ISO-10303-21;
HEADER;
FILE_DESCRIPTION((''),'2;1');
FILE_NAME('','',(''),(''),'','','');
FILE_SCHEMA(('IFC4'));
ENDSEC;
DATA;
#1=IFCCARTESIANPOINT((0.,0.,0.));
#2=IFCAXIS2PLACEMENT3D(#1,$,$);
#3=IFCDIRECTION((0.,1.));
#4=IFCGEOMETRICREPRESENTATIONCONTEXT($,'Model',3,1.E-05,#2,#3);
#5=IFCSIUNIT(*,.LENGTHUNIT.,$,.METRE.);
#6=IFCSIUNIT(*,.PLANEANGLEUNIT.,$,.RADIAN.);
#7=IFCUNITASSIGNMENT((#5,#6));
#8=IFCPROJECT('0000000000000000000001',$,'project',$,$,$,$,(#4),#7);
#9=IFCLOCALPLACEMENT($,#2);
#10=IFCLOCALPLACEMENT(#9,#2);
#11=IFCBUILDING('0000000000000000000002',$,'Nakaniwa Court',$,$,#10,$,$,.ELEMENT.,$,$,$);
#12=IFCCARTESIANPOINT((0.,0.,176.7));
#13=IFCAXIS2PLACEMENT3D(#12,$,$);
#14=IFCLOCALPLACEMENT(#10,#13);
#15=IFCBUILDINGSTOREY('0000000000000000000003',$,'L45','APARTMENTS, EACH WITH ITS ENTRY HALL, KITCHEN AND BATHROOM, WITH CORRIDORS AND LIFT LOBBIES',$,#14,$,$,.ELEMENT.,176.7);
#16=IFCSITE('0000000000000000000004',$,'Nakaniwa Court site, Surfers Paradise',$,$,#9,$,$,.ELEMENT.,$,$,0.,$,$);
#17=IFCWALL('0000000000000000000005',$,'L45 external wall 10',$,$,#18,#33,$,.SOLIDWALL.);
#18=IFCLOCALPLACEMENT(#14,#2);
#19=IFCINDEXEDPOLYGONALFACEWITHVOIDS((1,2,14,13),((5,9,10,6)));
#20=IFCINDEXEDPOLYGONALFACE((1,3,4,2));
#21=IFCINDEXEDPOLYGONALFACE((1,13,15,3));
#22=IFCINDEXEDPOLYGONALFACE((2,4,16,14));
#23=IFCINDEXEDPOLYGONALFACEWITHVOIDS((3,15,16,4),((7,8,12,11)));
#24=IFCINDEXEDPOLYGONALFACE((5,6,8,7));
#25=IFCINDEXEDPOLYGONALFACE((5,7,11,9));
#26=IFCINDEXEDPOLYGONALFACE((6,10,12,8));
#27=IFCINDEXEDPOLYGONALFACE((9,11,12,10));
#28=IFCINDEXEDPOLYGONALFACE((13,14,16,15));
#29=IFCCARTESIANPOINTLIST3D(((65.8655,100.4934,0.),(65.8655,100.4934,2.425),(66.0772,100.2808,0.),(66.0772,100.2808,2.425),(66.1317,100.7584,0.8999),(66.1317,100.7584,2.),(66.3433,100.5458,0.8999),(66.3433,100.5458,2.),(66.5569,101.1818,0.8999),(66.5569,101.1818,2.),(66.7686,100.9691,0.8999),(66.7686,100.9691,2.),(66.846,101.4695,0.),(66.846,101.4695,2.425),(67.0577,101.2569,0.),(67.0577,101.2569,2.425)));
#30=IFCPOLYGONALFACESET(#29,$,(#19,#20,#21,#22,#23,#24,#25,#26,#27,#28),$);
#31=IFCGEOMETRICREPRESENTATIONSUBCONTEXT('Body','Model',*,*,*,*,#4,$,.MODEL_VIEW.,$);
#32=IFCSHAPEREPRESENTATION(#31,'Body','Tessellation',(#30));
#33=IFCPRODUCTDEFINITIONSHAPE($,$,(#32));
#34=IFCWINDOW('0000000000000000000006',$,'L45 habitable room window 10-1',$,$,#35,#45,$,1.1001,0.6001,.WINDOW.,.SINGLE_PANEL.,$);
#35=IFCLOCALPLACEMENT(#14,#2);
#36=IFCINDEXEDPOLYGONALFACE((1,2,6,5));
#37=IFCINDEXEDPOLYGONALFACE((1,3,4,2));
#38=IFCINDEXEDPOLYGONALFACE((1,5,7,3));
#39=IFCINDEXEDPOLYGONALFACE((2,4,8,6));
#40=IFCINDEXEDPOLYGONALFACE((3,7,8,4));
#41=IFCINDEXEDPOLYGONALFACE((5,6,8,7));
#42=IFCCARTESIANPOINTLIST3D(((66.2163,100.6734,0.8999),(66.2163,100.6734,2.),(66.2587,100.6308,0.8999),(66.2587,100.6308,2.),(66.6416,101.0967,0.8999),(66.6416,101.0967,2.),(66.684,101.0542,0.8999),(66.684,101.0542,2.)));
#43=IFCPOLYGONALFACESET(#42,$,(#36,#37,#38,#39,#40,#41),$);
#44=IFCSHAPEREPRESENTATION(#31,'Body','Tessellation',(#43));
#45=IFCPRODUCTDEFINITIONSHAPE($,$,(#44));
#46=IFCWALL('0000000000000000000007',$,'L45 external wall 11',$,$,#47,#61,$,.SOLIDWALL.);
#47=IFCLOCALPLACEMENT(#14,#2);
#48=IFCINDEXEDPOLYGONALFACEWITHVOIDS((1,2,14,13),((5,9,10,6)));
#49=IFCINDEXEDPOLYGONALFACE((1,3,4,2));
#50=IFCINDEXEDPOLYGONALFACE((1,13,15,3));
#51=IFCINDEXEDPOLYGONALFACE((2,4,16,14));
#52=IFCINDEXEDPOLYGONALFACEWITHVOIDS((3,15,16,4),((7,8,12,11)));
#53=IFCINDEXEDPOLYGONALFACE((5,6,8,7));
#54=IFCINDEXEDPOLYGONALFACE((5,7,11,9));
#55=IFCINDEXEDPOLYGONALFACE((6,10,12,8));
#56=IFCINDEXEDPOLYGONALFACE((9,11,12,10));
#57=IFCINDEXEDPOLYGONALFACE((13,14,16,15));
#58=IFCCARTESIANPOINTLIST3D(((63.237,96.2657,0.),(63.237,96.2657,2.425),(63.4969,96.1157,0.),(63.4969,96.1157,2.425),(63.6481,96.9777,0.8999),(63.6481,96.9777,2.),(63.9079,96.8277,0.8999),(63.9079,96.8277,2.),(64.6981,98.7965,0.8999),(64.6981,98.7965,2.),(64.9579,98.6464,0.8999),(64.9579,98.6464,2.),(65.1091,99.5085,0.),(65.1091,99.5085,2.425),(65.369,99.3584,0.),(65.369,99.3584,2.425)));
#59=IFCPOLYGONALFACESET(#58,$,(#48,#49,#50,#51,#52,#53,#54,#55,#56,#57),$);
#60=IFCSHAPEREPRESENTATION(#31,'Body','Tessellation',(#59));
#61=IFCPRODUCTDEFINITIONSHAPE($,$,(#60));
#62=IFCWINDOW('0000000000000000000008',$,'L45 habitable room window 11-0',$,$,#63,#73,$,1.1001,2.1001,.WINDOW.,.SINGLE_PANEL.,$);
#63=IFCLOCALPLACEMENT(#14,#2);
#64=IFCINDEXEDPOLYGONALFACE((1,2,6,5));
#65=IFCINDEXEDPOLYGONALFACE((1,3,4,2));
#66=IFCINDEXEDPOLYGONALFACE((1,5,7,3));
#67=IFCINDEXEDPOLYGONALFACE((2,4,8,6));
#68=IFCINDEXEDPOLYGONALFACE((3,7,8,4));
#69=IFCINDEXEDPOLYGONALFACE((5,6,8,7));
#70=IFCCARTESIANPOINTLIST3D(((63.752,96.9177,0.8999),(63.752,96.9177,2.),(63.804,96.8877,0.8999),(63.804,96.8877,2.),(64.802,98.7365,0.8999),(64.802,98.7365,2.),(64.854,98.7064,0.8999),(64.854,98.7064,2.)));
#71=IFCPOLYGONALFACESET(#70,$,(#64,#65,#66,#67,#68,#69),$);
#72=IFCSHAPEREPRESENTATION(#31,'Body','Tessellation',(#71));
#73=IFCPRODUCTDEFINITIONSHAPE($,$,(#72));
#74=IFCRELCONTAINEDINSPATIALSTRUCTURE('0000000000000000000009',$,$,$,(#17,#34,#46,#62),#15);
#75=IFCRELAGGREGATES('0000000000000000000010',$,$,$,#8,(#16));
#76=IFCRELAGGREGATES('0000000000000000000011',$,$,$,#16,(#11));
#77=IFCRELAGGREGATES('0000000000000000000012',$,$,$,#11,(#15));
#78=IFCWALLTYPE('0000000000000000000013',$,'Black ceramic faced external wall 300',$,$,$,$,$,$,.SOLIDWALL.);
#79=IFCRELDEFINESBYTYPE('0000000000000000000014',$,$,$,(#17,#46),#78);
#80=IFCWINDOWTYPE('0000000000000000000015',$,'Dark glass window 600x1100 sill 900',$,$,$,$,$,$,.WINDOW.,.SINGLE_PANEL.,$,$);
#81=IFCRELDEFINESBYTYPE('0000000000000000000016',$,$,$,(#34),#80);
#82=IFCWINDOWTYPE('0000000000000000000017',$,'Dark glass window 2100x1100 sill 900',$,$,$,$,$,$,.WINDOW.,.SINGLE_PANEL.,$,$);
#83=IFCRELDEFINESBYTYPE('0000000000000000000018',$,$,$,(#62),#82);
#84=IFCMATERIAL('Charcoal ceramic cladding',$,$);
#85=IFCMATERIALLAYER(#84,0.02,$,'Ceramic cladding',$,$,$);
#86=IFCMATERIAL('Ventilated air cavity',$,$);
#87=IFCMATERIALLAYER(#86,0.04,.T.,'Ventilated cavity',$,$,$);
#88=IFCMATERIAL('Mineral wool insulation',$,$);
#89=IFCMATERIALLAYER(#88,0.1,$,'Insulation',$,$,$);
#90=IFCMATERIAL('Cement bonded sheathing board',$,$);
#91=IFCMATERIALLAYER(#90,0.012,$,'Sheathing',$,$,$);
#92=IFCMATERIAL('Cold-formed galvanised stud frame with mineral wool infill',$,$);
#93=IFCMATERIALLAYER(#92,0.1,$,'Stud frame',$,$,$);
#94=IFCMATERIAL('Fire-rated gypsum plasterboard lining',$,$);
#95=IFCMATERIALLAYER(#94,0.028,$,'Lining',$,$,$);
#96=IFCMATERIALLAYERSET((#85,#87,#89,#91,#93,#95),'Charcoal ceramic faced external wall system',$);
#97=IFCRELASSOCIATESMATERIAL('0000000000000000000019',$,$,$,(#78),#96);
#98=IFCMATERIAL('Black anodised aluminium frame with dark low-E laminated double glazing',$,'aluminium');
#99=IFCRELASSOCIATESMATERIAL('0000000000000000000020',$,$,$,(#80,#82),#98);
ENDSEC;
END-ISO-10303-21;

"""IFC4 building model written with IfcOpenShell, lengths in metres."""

from ifc_helpers import new_model, si_unit, direction, frame, frame_2d, origin, place, context, subcontext, project, spatial, rectangle, extrude, material, layer, layer_set, type_object, element, fill, save


model = new_model("IFC4")

# Units and contexts
model_context = context("Model", 3, precision=1e-05, world=origin(), true_north=direction((0.0, 1.0)))
body_context = subcontext(model_context, "Body", "Model", "MODEL_VIEW")
ifc_project = project(units=[si_unit("LENGTHUNIT", "METRE"), si_unit("PLANEANGLEUNIT", "RADIAN")], contexts=[model_context])

# Site, building, storey
site_placement = place(None, origin())
site = spatial("IfcSite", under=ifc_project, at=site_placement, Name="Nakaniwa Court site, Surfers Paradise", CompositionType="ELEMENT", RefElevation=0.0)
building_placement = place(site_placement, origin())
building = spatial("IfcBuilding", under=site, at=building_placement, Name="Nakaniwa Court", CompositionType="ELEMENT")
storey_placement = place(building_placement, frame((0.0, 0.0, 176.7)))
storey = spatial("IfcBuildingStorey", under=building, at=storey_placement, Name="L45", Description="APARTMENTS, EACH WITH ITS ENTRY HALL, KITCHEN AND BATHROOM, WITH CORRIDORS AND LIFT LOBBIES", CompositionType="ELEMENT", Elevation=176.7)

# Walls, openings, windows
ifc_material_1 = material(Name="Charcoal ceramic cladding")
ifc_layer_1 = layer(ifc_material_1, 0.02, Name="Ceramic cladding")
ifc_material_2 = material(Name="Ventilated air cavity")
ifc_layer_2 = layer(ifc_material_2, 0.04, ventilated=True, Name="Ventilated cavity")
ifc_material_3 = material(Name="Mineral wool insulation")
ifc_layer_3 = layer(ifc_material_3, 0.1, Name="Insulation")
ifc_material_4 = material(Name="Cement bonded sheathing board")
ifc_layer_4 = layer(ifc_material_4, 0.012, Name="Sheathing")
ifc_material_5 = material(Name="Cold-formed galvanised stud frame with mineral wool infill")
ifc_layer_5 = layer(ifc_material_5, 0.1, Name="Stud frame")
ifc_material_6 = material(Name="Fire-rated gypsum plasterboard lining")
ifc_layer_6 = layer(ifc_material_6, 0.028, Name="Lining")
ifc_layer_set_1 = layer_set([ifc_layer_1, ifc_layer_2, ifc_layer_3, ifc_layer_4, ifc_layer_5, ifc_layer_6], Name="Charcoal ceramic faced external wall system")
wall_type_1 = type_object("IfcWallType", Name="Black ceramic faced external wall 300", PredefinedType="SOLIDWALL", material=ifc_layer_set_1)
ifc_material_7 = material(Name="Black anodised aluminium frame with dark low-E laminated double glazing", Category="aluminium")
window_type_1 = type_object("IfcWindowType", Name="Dark glass window 600x1100 sill 900", PartitioningType="SINGLE_PANEL", PredefinedType="WINDOW", material=ifc_material_7)
wall_1_placement = place(storey_placement, frame((66.9519, 101.3633, 0.0), z_axis=(0.0, 0.0, 1.0), x_axis=(-0.708693, -0.705517, 0.0)))
wall_1 = element("IfcWall", 1, at=wall_1_placement, inside=storey, type_object=wall_type_1, Name="L45 external wall 10", PredefinedType="SOLIDWALL", context=body_context, shape_type="SweptSolid", body=[
    extrude(rectangle(XDim=1.3835, YDim=0.3, at=frame_2d((0.6919, 0.0))), origin(), (0.0, 0.0, 1.0), 2.425),
])
opening_1_placement = place(wall_1_placement, frame((0.408, 0.0, 0.8999)))
opening_1 = element("IfcOpeningElement", 2, at=opening_1_placement, cuts=wall_1, PredefinedType="OPENING", context=body_context, shape_type="SweptSolid", body=[
    extrude(rectangle(XDim=0.6001, YDim=1.1001, at=frame_2d((0.3, 0.55))), frame((0.0, 0.1599, 0.0), z_axis=(0.0, -1.0, 0.0), x_axis=(1.0, 0.0, 0.0)), (0.0, 0.0, 1.0), 0.3201),
])
window_1_placement = place(opening_1_placement, origin())
window_1 = element("IfcWindow", 3, at=window_1_placement, inside=storey, type_object=window_type_1, Name="L45 habitable room window 10-1", OverallHeight=1.1001, OverallWidth=0.6001, PartitioningType="SINGLE_PANEL", PredefinedType="WINDOW", context=body_context, shape_type="SweptSolid", body=[
    extrude(rectangle(XDim=0.6001, YDim=1.1001, at=frame_2d((0.3, 0.55))), frame((0.0, 0.03, 0.0), z_axis=(0.0, -1.0, 0.0), x_axis=(1.0, 0.0, 0.0)), (0.0, 0.0, 1.0), 0.0601),
])
fill(opening_1, window_1)
wall_2_placement = place(storey_placement, frame((65.239, 99.4333, 0.0), z_axis=(0.0, 0.0, 1.0), x_axis=(-0.499982, -0.866036, 0.0)))
wall_2 = element("IfcWall", 4, at=wall_2_placement, inside=storey, type_object=wall_type_1, Name="L45 external wall 11", PredefinedType="SOLIDWALL", context=body_context, shape_type="SweptSolid", body=[
    extrude(rectangle(XDim=3.7444, YDim=0.3, at=frame_2d((1.8721, 0.0))), origin(), (0.0, 0.0, 1.0), 2.425),
])
opening_2_placement = place(wall_2_placement, frame((0.822, 0.0, 0.8999)))
opening_2 = element("IfcOpeningElement", 5, at=opening_2_placement, cuts=wall_2, PredefinedType="OPENING", context=body_context, shape_type="SweptSolid", body=[
    extrude(rectangle(XDim=2.1001, YDim=1.1001, at=frame_2d((1.05, 0.55))), frame((0.0, 0.1599, 0.0), z_axis=(0.0, -1.0, 0.0), x_axis=(1.0, 0.0, 0.0)), (0.0, 0.0, 1.0), 0.3201),
])
window_type_2 = type_object("IfcWindowType", Name="Dark glass window 2100x1100 sill 900", PartitioningType="SINGLE_PANEL", PredefinedType="WINDOW", material=ifc_material_7)
window_2_placement = place(opening_2_placement, origin())
window_2 = element("IfcWindow", 6, at=window_2_placement, inside=storey, type_object=window_type_2, Name="L45 habitable room window 11-0", OverallHeight=1.1001, OverallWidth=2.1001, PartitioningType="SINGLE_PANEL", PredefinedType="WINDOW", context=body_context, shape_type="SweptSolid", body=[
    extrude(rectangle(XDim=2.1001, YDim=1.1001, at=frame_2d((1.05, 0.55))), frame((0.0, 0.03, 0.0), z_axis=(0.0, -1.0, 0.0), x_axis=(1.0, 0.0, 0.0)), (0.0, 0.0, 1.0), 0.0601),
])
fill(opening_2, window_2)

save(model, "model.ifc")
